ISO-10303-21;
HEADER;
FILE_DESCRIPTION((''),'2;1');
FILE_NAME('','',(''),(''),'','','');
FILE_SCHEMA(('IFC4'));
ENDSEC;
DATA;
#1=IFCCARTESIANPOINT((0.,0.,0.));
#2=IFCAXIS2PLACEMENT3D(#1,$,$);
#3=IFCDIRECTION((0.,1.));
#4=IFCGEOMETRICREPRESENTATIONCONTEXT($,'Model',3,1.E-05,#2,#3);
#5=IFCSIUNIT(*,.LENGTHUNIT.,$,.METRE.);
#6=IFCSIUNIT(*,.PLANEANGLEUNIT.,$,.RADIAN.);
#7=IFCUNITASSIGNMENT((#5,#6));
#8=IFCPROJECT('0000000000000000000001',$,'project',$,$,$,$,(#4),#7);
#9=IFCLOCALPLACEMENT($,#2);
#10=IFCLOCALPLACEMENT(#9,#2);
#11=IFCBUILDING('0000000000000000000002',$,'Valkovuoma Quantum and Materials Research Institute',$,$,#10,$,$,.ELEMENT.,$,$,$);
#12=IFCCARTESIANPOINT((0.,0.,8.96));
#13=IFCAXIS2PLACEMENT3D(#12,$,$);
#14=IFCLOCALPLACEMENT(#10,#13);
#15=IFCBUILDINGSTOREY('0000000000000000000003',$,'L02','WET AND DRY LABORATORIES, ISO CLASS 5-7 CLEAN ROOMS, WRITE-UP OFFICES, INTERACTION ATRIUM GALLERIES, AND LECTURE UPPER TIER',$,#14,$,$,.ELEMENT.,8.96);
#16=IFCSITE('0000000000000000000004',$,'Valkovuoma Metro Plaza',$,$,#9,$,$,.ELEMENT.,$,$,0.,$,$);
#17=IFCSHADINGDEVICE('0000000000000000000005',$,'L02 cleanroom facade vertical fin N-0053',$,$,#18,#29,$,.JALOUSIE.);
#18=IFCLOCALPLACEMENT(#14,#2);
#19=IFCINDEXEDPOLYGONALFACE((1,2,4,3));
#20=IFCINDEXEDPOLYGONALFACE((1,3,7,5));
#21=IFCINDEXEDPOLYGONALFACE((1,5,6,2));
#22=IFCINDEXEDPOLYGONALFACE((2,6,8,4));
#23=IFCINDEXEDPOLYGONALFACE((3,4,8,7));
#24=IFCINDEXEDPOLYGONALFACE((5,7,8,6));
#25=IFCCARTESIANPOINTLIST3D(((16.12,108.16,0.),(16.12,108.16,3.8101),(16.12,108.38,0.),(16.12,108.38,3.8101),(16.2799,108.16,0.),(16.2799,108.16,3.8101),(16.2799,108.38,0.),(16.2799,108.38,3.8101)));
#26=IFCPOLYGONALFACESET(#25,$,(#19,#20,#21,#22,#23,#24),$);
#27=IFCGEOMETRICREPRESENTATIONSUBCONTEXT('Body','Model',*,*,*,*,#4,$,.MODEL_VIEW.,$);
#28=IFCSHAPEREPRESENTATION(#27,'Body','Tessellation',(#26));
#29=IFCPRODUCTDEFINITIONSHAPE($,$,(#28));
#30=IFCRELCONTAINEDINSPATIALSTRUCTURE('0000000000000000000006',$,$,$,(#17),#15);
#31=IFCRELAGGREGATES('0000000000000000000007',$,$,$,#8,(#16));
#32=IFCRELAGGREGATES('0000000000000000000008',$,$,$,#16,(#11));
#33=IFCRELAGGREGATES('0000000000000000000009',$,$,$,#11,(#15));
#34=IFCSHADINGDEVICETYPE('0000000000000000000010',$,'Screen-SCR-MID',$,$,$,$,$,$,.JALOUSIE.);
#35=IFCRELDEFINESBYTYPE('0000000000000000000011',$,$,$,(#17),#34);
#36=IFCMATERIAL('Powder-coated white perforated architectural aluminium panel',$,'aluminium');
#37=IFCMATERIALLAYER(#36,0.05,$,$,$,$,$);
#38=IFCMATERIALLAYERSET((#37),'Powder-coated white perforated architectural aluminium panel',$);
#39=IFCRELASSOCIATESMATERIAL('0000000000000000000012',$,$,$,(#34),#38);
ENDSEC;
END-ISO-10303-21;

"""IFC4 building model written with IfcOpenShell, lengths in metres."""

from ifc_helpers import new_model, si_unit, direction, frame, origin, origin_2d, place, context, subcontext, project, spatial, rectangle, extrude, material, layer, layer_set, type_object, element, save


model = new_model("IFC4")

# Units and contexts
model_context = context("Model", 3, precision=1e-05, world=origin(), true_north=direction((0.0, 1.0)))
body_context = subcontext(model_context, "Body", "Model", "MODEL_VIEW")
ifc_project = project(units=[si_unit("LENGTHUNIT", "METRE"), si_unit("PLANEANGLEUNIT", "RADIAN")], contexts=[model_context])

# Site, building, storey
site_placement = place(None, origin())
site = spatial("IfcSite", under=ifc_project, at=site_placement, Name="Valkovuoma Metro Plaza", CompositionType="ELEMENT", RefElevation=0.0)
building_placement = place(site_placement, origin())
building = spatial("IfcBuilding", under=site, at=building_placement, Name="Valkovuoma Quantum and Materials Research Institute", CompositionType="ELEMENT")
storey_placement = place(building_placement, frame((0.0, 0.0, 8.96)))
storey = spatial("IfcBuildingStorey", under=building, at=storey_placement, Name="L02", Description="WET AND DRY LABORATORIES, ISO CLASS 5-7 CLEAN ROOMS, WRITE-UP OFFICES, INTERACTION ATRIUM GALLERIES, AND LECTURE UPPER TIER", CompositionType="ELEMENT", Elevation=8.96)

# Shading device
ifc_material_1 = material(Name="Powder-coated white perforated architectural aluminium panel", Category="aluminium")
ifc_layer_1 = layer(ifc_material_1, 0.05)
ifc_layer_set_1 = layer_set([ifc_layer_1], Name="Powder-coated white perforated architectural aluminium panel")
shading_device_type = type_object("IfcShadingDeviceType", Name="Screen-SCR-MID", PredefinedType="JALOUSIE", material=ifc_layer_set_1)
shading_device_placement = place(storey_placement, frame((16.2, 108.27, 0.0), z_axis=(0.0, 0.0, 1.0), x_axis=(1.0, 0.0, 0.0)))
element("IfcShadingDevice", 1, at=shading_device_placement, inside=storey, type_object=shading_device_type, Name="L02 cleanroom facade vertical fin N-0053", PredefinedType="JALOUSIE", context=body_context, shape_type="SweptSolid", body=[
    extrude(rectangle(XDim=0.1599, YDim=0.22, at=origin_2d()), origin(), (0.0, 0.0, 1.0), 3.8101),
])

save(model, "model.ifc")
